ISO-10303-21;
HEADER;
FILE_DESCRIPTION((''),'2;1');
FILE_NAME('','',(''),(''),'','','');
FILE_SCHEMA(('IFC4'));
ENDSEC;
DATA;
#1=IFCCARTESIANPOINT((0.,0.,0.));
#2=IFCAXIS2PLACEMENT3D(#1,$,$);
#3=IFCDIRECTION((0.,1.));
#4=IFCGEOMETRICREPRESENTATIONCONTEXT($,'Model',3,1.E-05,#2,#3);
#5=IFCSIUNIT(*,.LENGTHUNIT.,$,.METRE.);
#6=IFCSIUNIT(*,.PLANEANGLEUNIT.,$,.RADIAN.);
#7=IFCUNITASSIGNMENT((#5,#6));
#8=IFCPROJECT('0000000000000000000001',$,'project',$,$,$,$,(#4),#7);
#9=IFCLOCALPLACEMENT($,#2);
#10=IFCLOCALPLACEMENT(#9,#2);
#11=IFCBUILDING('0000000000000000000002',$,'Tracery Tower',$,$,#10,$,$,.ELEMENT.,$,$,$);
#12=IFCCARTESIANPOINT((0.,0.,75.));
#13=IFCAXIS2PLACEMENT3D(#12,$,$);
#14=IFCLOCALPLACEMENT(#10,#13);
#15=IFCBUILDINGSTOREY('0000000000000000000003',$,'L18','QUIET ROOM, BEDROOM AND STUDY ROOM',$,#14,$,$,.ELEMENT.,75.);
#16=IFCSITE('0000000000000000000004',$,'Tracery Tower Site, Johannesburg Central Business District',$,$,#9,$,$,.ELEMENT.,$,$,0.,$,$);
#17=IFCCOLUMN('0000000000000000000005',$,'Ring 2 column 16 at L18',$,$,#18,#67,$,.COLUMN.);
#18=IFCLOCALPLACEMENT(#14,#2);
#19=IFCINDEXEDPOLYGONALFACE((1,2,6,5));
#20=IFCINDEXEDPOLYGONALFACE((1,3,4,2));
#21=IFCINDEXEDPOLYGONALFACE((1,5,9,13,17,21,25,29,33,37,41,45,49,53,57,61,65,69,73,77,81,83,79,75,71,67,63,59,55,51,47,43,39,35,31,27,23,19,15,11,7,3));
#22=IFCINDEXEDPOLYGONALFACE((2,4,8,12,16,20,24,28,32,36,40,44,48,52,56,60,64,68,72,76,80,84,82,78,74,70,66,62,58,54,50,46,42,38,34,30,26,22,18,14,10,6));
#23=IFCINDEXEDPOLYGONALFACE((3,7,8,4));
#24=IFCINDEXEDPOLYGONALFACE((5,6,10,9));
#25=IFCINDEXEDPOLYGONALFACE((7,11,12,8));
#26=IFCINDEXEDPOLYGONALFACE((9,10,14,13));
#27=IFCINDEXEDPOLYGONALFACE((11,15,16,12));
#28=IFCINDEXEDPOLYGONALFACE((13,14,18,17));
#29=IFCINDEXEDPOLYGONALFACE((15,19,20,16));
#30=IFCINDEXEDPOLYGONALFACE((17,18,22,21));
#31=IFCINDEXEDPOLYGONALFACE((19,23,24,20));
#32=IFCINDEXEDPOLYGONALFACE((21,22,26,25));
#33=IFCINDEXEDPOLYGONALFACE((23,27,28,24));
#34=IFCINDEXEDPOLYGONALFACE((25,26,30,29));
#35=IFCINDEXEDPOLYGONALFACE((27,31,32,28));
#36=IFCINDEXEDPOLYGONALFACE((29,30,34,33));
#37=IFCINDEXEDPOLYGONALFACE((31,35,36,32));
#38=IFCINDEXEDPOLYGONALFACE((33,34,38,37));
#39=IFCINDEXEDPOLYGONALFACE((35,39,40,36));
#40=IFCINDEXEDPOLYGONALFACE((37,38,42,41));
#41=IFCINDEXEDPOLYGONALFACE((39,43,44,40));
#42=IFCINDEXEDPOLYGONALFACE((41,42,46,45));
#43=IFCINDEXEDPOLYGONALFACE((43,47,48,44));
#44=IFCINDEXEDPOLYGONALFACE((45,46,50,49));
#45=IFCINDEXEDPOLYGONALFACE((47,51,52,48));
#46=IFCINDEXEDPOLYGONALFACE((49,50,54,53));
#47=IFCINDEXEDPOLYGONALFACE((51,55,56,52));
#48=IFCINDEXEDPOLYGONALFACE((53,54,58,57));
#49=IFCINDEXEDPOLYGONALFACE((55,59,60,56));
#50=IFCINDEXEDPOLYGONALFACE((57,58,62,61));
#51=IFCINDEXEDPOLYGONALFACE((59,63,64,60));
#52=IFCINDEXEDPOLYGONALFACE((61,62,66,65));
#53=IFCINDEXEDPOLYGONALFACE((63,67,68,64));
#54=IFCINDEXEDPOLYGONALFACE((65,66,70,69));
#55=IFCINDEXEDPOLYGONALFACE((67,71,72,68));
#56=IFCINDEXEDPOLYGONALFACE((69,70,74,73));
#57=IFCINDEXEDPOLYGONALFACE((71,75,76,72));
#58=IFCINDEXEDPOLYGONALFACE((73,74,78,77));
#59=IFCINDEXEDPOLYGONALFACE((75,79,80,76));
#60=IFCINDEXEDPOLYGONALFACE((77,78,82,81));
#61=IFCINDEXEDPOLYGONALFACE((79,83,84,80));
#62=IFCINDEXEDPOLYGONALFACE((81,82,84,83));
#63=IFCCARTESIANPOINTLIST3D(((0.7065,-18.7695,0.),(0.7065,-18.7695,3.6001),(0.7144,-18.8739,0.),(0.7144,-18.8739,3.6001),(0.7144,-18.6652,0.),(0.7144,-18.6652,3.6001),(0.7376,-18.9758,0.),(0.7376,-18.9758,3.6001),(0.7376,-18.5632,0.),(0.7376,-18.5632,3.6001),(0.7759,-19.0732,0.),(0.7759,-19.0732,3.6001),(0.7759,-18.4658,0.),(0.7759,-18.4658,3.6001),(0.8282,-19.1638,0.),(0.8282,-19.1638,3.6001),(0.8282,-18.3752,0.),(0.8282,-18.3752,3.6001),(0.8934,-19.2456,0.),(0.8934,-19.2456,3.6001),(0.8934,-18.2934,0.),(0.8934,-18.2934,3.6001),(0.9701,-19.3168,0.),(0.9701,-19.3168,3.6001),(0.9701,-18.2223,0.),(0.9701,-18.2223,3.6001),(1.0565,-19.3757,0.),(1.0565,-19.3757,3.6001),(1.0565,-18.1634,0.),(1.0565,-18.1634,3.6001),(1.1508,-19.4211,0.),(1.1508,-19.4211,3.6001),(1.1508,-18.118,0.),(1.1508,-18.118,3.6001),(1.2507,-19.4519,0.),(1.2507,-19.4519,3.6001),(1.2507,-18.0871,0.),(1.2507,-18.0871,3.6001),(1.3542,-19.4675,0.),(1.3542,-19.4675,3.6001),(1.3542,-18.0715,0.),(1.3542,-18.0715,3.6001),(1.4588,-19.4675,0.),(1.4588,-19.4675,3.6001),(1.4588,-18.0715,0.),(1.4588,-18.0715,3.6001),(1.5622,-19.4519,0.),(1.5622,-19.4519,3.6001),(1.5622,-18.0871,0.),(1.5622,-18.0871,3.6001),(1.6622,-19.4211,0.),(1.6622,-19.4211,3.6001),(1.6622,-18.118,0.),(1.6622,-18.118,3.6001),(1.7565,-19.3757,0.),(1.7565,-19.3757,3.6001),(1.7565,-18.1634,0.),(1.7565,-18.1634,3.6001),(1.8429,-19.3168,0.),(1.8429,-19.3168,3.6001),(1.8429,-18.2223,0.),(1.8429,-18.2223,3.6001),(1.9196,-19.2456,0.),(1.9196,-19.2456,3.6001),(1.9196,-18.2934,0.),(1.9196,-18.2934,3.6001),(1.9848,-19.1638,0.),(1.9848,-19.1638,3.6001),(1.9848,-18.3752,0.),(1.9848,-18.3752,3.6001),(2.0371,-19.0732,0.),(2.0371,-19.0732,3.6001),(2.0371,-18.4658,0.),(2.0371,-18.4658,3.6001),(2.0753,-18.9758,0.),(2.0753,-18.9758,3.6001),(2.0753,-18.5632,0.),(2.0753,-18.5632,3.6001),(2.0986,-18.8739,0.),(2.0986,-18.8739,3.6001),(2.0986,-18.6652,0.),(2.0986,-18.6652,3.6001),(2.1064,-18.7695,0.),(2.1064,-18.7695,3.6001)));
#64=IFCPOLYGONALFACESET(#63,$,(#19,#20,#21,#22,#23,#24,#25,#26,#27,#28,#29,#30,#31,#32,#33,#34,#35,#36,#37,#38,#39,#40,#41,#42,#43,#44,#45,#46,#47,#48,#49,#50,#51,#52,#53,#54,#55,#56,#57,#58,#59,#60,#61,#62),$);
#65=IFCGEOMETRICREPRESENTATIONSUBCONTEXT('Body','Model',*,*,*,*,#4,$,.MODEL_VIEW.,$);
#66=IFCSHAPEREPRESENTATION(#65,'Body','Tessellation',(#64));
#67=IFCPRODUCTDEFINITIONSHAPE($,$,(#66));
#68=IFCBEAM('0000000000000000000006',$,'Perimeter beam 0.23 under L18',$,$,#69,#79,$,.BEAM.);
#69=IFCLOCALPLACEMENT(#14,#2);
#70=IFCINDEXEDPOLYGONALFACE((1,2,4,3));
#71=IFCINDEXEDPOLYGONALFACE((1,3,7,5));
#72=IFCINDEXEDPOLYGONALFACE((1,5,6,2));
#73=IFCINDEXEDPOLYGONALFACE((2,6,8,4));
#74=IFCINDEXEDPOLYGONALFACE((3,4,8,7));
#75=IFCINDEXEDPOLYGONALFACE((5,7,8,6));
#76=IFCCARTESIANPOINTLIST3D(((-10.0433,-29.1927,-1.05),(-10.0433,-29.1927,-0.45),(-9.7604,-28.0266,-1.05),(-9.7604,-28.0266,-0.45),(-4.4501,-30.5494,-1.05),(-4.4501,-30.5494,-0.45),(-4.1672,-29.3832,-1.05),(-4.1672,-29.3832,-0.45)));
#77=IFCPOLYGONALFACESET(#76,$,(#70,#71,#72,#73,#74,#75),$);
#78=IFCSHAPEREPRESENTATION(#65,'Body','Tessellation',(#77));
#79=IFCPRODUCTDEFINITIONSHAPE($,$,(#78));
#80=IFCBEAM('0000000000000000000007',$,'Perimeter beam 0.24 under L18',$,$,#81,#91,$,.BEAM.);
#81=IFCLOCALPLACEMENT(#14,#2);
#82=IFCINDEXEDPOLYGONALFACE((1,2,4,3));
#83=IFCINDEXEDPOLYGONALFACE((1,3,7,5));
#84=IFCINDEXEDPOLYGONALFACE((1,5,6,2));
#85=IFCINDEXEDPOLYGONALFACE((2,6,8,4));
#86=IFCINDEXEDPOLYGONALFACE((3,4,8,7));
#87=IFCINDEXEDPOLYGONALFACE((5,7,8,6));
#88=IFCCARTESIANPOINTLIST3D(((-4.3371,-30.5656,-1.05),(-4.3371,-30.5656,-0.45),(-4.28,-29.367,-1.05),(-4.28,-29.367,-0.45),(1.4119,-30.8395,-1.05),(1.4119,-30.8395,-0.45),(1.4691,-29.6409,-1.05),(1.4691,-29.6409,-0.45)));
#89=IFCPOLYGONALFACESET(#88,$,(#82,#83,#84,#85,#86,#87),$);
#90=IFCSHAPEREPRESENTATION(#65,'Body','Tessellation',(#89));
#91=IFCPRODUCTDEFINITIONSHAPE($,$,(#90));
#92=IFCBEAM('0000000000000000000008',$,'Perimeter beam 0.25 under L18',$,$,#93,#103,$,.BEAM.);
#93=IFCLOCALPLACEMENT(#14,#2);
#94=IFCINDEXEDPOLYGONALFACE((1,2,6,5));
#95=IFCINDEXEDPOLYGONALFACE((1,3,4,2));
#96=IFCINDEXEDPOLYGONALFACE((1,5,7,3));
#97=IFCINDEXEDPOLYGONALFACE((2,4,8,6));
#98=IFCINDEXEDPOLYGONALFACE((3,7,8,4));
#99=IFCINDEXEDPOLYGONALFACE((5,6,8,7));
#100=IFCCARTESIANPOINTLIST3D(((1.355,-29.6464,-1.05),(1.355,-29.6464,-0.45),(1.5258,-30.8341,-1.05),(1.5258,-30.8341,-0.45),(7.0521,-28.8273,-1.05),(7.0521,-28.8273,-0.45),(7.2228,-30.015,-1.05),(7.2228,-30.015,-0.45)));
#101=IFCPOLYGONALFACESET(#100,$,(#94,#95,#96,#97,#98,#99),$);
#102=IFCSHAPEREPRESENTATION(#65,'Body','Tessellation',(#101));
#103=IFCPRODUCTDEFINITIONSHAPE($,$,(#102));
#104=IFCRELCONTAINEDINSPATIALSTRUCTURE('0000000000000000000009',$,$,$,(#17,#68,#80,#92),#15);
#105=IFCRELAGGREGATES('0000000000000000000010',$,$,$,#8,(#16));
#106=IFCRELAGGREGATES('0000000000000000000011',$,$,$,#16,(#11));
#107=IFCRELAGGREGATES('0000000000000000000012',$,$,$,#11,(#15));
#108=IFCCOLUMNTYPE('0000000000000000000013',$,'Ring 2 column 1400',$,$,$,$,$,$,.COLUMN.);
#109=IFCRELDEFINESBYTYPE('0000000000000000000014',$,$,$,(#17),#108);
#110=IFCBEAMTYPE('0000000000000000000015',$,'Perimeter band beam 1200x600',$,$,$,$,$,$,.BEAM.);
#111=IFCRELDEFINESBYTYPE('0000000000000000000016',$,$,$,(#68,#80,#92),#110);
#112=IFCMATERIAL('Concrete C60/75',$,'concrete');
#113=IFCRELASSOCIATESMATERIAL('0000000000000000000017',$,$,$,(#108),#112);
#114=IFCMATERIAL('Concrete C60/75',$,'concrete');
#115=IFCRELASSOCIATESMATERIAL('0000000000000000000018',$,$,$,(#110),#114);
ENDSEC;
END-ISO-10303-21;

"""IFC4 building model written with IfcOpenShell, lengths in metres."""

from ifc_helpers import new_model, si_unit, direction, frame, origin, origin_2d, place, context, subcontext, project, spatial, rectangle, circle, extrude, material, material_profile, profile_set, type_object, element, save


model = new_model("IFC4")

# Units and contexts
model_context = context("Model", 3, precision=1e-05, world=origin(), true_north=direction((0.0, 1.0)))
body_context = subcontext(model_context, "Body", "Model", "MODEL_VIEW")
ifc_project = project(units=[si_unit("LENGTHUNIT", "METRE"), si_unit("PLANEANGLEUNIT", "RADIAN")], contexts=[model_context])

# Site, building, storey
site_placement = place(None, origin())
site = spatial("IfcSite", under=ifc_project, at=site_placement, Name="Tracery Tower Site, Johannesburg Central Business District", CompositionType="ELEMENT", RefElevation=0.0)
building_placement = place(site_placement, origin())
building = spatial("IfcBuilding", under=site, at=building_placement, Name="Tracery Tower", CompositionType="ELEMENT")
storey_placement = place(building_placement, frame((0.0, 0.0, 75.0)))
storey = spatial("IfcBuildingStorey", under=building, at=storey_placement, Name="L18", Description="QUIET ROOM, BEDROOM AND STUDY ROOM", CompositionType="ELEMENT", Elevation=75.0)

# Column
ifc_material_1 = material(Name="Concrete C60/75", Category="concrete")
ifc_material_profile_1 = material_profile(ifc_material_1, circle(Radius=0.7, at=origin_2d()), Name="RC D1400")
ifc_profile_set_1 = profile_set([ifc_material_profile_1], Name="Concrete C60/75")
column_type_1 = type_object("IfcColumnType", Name="Ring 2 column 1400", PredefinedType="COLUMN", material=ifc_profile_set_1)
for number, where, z_axis, x_axis, name in (
    (1, (1.4065, -18.7695, 0.0), (0.0, 0.0, 1.0), (1.0, 0.0, 0.0), "Ring 2 column 16 at L18"),
):
    element("IfcColumn", number, at=place(storey_placement, frame(where, z_axis=z_axis, x_axis=x_axis)), inside=storey, type_object=column_type_1, Name=name, PredefinedType="COLUMN", context=body_context, shape_type="SweptSolid", body=[
        extrude(circle(Radius=0.7, at=origin_2d()), origin(), (0.0, 0.0, 1.0), 3.6001),
    ])

# Beams
ifc_material_2 = material(Name="Concrete C60/75", Category="concrete")
ifc_material_profile_2 = material_profile(ifc_material_2, rectangle(XDim=1.2, YDim=0.6001, at=origin_2d()), Name="RC 1200x600")
ifc_profile_set_2 = profile_set([ifc_material_profile_2], Name="Concrete C60/75")
beam_type = type_object("IfcBeamType", Name="Perimeter band beam 1200x600", PredefinedType="BEAM", material=ifc_profile_set_2)
beam_placement = place(storey_placement, frame((-9.9019, -28.6096, -0.75), z_axis=(0.97182, -0.235723, 0.0), x_axis=(0.235723, 0.97182, 0.0)))
element("IfcBeam", 2, at=beam_placement, inside=storey, type_object=beam_type, Name="Perimeter beam 0.23 under L18", PredefinedType="BEAM", context=body_context, shape_type="SweptSolid", body=[
    extrude(rectangle(XDim=1.2, YDim=0.6001, at=origin_2d()), origin(), (0.0, 0.0, 1.0), 5.7554),
])
for number, where, z_axis, x_axis, name in (
    (3, (-4.3086, -29.9663, -0.75), (0.998867, -0.047593, 0.0), (0.047593, 0.998867, 0.0), "Perimeter beam 0.24 under L18"),
    (4, (1.4404, -30.2402, -0.75), (0.989822, 0.142312, 0.0), (-0.142312, 0.989822, 0.0), "Perimeter beam 0.25 under L18"),
):
    element("IfcBeam", number, at=place(storey_placement, frame(where, z_axis=z_axis, x_axis=x_axis)), inside=storey, type_object=beam_type, Name=name, PredefinedType="BEAM", context=body_context, shape_type="SweptSolid", body=[
        extrude(rectangle(XDim=1.2, YDim=0.6001, at=origin_2d()), origin(), (0.0, 0.0, 1.0), 5.7556),
    ])

save(model, "model.ifc")
